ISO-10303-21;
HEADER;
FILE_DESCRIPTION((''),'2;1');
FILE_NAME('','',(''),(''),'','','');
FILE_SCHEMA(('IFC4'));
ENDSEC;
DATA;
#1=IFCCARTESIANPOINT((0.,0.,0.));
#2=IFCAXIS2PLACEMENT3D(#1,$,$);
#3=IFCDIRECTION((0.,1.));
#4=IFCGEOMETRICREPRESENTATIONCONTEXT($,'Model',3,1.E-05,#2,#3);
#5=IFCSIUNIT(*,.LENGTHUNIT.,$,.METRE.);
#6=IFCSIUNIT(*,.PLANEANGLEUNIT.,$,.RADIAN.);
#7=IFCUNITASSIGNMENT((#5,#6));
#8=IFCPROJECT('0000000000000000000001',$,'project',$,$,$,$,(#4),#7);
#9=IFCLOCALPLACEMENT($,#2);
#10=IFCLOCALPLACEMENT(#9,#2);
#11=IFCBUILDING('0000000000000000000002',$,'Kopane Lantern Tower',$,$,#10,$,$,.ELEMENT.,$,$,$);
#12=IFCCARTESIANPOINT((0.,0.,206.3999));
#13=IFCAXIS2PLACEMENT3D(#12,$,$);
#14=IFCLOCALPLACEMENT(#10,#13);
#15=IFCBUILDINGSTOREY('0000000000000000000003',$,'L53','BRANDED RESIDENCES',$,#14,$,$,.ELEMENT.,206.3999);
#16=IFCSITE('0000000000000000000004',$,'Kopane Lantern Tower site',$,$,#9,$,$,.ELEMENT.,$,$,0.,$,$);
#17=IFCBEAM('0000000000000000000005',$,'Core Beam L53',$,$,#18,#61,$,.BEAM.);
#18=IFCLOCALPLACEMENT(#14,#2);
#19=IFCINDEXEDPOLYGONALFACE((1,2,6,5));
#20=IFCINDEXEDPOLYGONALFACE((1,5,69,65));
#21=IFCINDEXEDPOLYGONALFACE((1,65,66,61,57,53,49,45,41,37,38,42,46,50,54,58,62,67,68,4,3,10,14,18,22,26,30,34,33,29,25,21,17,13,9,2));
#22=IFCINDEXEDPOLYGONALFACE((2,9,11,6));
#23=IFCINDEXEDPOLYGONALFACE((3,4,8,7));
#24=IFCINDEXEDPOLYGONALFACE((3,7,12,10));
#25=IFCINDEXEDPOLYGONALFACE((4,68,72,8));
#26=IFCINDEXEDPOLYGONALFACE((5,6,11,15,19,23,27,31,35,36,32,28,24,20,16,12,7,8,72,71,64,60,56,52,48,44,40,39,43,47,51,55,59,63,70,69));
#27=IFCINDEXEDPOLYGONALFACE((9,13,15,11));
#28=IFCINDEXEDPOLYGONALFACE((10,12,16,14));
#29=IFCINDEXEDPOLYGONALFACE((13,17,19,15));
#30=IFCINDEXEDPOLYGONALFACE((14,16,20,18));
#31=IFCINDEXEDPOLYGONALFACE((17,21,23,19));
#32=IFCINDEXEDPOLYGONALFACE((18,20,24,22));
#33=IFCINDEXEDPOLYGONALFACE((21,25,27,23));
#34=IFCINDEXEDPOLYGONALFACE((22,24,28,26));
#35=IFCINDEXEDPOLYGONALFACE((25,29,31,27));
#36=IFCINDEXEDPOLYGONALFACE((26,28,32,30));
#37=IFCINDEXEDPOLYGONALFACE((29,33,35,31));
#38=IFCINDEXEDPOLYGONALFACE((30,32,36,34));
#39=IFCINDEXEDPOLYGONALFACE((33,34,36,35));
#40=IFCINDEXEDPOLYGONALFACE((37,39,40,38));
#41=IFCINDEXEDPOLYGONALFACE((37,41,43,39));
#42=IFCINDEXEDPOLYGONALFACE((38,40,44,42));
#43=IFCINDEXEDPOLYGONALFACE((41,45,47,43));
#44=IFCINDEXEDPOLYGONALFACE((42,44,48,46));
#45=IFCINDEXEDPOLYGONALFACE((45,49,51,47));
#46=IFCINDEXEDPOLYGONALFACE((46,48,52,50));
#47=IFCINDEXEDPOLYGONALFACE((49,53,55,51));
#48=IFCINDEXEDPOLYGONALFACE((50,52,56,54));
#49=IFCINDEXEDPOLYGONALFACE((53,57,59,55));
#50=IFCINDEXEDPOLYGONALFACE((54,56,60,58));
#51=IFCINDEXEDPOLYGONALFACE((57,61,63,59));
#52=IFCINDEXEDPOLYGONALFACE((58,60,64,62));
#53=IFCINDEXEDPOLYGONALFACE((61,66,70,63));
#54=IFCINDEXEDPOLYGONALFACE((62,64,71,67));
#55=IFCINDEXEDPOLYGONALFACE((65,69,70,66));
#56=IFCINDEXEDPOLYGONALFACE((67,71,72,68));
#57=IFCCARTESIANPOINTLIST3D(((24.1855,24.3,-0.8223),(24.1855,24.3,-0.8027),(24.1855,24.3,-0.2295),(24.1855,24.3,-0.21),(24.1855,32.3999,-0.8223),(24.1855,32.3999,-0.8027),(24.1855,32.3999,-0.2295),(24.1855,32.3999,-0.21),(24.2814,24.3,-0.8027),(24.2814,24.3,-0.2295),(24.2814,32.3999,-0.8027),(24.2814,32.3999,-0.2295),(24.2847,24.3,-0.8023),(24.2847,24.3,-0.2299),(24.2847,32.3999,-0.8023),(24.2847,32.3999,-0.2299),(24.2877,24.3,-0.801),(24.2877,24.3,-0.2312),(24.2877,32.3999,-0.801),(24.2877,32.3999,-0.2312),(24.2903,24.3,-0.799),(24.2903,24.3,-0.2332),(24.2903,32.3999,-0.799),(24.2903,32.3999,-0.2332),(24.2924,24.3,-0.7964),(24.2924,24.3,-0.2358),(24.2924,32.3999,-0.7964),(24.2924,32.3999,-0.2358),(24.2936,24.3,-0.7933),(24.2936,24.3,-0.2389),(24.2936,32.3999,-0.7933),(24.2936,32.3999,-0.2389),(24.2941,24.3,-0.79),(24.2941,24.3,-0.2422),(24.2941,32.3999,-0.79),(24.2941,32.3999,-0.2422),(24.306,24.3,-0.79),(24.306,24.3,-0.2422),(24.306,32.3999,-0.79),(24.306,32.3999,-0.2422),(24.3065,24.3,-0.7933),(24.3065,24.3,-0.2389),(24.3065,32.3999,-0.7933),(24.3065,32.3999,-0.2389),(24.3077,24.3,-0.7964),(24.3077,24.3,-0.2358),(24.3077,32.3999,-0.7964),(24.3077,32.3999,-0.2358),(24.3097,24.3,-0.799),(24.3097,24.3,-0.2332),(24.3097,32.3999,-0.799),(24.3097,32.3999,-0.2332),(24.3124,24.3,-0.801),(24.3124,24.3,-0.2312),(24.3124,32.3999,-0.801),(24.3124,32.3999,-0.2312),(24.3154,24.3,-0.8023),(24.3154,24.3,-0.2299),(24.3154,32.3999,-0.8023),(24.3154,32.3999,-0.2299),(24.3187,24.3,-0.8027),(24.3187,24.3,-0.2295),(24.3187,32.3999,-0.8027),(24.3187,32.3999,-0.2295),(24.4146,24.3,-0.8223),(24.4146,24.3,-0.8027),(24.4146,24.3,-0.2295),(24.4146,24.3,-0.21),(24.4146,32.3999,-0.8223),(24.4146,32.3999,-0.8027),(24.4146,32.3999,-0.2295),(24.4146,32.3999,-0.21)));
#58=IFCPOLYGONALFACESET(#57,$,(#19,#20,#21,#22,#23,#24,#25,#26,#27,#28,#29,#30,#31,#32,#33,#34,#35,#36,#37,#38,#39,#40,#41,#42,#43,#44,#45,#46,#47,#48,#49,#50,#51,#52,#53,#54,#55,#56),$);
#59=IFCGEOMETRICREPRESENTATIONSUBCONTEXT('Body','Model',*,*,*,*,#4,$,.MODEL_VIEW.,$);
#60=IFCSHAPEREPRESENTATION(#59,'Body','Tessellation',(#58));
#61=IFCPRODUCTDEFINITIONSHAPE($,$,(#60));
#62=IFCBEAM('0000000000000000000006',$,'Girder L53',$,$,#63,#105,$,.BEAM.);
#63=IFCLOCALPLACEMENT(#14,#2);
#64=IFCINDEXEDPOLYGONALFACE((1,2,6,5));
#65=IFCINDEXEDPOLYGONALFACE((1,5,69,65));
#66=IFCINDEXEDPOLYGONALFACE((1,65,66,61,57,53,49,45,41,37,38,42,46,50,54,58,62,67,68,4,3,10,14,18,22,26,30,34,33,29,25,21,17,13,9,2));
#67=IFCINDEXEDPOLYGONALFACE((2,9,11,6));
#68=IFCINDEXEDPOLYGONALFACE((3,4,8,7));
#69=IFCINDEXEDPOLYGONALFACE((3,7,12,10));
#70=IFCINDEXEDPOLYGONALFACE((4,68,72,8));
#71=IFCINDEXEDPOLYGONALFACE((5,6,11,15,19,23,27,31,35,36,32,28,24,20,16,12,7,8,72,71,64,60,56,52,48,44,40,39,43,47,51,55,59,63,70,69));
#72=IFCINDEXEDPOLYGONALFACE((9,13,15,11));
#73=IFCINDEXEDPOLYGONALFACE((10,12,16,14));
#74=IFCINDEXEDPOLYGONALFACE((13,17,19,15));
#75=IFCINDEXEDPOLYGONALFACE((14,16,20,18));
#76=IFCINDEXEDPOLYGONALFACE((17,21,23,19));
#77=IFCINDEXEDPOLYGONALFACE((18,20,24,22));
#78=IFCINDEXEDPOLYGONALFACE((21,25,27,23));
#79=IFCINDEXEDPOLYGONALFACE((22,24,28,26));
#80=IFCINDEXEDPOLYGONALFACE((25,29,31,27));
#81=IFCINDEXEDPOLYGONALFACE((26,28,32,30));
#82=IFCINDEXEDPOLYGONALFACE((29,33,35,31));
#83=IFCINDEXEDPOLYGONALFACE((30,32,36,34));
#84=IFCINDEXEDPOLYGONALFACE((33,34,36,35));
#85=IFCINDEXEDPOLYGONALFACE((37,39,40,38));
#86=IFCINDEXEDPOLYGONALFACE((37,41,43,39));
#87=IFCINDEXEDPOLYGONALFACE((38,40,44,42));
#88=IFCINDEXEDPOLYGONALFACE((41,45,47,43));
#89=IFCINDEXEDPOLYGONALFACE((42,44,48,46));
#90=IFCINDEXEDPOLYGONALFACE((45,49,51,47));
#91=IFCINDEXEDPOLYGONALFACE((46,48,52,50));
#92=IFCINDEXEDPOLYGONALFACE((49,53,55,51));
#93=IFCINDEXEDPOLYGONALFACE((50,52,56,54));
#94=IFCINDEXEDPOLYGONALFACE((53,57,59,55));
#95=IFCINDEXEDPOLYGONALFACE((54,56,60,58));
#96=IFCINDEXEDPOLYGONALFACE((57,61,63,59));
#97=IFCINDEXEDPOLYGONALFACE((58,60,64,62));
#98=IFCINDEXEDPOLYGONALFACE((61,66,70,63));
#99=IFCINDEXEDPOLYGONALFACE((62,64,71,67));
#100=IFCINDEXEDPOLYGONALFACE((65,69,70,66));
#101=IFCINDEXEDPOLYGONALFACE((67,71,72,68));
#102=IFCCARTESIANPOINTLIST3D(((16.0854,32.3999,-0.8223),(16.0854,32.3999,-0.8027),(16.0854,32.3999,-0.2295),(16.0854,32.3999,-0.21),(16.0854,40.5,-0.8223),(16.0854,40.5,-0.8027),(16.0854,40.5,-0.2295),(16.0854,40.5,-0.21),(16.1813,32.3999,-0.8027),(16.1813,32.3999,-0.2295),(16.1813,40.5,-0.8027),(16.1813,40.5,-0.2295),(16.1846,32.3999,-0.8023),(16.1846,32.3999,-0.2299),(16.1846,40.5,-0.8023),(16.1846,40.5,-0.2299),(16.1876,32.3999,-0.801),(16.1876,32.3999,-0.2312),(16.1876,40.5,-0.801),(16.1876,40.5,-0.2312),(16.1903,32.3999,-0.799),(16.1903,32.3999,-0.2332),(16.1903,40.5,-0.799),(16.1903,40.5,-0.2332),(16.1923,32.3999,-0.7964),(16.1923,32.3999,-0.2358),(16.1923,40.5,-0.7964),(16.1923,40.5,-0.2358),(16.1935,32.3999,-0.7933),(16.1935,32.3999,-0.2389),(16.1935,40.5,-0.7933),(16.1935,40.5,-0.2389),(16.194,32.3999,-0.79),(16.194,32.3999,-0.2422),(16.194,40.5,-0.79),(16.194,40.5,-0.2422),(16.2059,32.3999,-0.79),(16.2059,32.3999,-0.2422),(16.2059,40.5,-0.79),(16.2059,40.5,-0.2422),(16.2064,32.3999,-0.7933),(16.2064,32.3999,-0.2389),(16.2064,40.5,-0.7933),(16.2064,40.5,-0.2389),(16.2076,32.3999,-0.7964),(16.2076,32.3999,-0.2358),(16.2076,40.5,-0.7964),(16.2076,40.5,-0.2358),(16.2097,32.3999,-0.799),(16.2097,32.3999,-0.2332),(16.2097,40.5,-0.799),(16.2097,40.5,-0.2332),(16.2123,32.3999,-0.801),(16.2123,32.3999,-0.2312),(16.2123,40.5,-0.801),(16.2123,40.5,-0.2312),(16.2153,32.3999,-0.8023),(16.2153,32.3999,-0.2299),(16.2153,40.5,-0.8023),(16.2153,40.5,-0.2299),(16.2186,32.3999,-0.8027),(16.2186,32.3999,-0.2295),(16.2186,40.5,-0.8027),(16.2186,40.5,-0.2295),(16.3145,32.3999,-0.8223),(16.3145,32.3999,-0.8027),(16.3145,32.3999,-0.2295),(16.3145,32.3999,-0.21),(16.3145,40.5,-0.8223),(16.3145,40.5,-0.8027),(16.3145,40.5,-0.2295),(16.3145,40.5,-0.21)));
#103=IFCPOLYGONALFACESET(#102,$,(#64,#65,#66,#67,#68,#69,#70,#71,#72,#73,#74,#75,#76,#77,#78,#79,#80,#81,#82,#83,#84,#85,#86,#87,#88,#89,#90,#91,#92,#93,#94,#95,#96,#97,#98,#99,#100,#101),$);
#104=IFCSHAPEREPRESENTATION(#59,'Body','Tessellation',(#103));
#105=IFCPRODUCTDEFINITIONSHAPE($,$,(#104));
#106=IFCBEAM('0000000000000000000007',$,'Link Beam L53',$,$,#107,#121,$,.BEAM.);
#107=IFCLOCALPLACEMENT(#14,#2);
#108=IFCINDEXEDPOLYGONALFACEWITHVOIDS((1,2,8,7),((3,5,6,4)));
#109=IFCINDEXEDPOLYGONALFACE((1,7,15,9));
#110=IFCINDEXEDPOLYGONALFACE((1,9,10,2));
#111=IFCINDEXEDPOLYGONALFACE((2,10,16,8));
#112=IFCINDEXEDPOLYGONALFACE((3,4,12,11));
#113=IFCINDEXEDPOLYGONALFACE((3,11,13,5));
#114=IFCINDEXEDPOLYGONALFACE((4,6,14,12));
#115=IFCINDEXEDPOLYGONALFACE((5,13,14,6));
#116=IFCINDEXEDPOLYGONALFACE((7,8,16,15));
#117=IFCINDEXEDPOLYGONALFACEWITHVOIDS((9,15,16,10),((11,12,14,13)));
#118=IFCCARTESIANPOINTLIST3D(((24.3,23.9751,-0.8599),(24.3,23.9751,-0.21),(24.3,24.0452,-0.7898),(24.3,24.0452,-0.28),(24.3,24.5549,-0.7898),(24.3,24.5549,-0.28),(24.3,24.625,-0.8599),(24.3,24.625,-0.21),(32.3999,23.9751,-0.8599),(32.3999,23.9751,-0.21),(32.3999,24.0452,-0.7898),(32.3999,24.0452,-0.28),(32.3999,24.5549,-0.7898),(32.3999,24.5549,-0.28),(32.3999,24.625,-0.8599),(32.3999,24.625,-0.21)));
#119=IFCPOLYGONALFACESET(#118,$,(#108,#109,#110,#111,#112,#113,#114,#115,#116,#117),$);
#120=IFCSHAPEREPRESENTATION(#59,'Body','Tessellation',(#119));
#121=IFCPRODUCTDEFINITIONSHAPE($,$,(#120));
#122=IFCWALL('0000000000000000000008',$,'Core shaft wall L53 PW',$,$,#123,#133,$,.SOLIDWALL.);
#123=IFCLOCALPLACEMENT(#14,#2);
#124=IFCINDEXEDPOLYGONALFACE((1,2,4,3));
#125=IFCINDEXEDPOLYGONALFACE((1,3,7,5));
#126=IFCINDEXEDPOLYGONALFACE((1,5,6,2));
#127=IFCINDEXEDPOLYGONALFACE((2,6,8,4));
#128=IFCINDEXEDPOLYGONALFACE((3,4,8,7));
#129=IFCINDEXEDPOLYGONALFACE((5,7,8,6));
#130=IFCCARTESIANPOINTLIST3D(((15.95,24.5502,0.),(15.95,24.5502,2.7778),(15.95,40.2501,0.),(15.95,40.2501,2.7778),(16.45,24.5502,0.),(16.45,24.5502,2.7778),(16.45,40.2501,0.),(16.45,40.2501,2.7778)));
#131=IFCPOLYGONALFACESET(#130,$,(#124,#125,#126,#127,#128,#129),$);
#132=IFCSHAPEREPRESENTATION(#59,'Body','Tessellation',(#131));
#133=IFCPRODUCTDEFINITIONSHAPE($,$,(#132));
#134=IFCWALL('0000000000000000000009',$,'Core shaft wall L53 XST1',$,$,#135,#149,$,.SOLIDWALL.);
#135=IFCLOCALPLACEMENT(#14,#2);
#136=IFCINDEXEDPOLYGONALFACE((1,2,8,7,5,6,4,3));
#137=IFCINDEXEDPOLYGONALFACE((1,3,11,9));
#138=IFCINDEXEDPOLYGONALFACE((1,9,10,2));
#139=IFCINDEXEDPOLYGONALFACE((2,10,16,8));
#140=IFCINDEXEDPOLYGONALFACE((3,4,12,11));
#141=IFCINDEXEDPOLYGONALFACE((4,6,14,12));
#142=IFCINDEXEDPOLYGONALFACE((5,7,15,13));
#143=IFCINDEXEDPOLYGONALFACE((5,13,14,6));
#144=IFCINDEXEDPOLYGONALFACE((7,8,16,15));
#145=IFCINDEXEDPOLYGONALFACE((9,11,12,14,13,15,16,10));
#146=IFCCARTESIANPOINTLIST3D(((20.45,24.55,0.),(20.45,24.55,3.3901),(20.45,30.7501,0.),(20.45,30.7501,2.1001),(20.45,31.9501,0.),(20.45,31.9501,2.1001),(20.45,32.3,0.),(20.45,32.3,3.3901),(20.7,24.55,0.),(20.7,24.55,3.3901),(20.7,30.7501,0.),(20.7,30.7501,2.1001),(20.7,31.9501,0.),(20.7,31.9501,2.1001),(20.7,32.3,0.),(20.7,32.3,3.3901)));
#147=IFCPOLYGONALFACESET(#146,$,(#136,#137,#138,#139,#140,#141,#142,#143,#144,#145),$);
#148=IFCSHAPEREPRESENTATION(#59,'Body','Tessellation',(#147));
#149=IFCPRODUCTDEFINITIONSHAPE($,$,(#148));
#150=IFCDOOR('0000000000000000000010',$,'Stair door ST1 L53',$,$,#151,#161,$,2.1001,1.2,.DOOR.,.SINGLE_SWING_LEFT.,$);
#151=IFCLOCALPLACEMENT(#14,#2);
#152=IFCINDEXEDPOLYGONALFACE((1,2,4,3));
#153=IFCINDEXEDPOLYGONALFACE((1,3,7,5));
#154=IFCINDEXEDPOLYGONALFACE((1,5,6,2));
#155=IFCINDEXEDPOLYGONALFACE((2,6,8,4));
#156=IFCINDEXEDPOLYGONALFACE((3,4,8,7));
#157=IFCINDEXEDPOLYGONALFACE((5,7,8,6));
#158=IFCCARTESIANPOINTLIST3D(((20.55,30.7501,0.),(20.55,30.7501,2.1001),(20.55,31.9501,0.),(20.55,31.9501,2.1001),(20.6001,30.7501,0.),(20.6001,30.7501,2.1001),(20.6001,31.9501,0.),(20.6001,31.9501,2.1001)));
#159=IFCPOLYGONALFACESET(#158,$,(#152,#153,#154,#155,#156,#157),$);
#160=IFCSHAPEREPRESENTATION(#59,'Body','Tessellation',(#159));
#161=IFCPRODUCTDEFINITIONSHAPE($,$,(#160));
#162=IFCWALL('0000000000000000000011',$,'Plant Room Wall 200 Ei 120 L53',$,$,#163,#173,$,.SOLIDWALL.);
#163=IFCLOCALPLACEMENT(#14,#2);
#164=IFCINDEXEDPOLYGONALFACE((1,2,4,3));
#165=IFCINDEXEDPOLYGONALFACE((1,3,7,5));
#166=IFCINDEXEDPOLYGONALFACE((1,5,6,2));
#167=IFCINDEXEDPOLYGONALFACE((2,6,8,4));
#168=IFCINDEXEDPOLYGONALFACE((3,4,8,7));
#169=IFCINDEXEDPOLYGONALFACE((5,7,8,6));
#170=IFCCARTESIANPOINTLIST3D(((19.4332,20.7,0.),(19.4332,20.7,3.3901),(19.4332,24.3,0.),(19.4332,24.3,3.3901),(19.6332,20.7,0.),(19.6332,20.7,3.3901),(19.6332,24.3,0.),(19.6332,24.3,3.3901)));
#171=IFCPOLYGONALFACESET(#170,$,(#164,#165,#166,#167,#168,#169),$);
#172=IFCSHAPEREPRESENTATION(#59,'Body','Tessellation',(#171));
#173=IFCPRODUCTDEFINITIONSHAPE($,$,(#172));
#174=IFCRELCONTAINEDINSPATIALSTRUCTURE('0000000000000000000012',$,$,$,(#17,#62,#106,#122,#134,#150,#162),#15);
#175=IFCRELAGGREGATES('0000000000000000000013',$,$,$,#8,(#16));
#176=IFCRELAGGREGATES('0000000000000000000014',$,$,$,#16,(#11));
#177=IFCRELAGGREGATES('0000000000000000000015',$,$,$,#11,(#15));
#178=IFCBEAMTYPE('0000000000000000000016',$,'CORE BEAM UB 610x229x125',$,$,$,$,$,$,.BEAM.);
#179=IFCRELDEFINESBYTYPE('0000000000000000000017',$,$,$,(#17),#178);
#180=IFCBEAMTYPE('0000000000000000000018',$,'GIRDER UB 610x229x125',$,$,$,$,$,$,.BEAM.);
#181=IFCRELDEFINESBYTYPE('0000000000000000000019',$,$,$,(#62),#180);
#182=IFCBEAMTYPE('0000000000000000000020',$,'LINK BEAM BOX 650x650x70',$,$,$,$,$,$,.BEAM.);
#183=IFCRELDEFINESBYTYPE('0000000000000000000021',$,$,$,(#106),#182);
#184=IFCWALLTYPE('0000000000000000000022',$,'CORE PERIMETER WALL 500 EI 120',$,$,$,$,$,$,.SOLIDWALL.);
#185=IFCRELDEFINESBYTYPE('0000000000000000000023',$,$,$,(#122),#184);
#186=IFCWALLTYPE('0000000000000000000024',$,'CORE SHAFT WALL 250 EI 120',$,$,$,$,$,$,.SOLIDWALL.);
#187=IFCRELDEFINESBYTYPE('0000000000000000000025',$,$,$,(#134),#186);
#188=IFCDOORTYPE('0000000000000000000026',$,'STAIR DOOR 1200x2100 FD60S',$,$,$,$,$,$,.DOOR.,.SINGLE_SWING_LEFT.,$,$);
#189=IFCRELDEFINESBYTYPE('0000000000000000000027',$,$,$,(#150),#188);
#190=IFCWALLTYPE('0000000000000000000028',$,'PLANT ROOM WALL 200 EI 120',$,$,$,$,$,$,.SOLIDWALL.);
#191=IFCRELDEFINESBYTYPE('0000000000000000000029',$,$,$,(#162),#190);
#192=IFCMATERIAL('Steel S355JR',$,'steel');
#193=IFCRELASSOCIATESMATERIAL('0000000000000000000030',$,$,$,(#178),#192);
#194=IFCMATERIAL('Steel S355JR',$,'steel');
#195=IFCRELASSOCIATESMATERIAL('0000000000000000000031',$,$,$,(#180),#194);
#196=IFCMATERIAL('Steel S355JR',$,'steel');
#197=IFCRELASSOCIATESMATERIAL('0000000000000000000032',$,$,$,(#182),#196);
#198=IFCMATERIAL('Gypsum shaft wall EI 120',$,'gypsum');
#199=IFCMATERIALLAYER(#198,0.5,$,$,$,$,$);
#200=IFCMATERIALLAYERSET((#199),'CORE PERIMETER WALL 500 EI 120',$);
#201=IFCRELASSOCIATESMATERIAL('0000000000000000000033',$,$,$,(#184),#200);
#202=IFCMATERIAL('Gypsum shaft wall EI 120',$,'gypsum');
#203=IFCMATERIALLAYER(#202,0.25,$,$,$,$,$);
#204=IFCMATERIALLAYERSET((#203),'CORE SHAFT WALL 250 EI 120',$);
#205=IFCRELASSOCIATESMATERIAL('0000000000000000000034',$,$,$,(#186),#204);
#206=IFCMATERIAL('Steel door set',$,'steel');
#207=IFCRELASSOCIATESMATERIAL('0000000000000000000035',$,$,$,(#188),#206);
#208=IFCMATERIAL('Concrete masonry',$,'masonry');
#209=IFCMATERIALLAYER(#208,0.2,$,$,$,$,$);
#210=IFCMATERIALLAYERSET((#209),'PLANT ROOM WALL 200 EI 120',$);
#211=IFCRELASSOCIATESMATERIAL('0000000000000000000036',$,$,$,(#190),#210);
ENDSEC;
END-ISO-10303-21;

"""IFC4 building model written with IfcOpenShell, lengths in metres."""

from ifc_helpers import new_model, si_unit, direction, frame, frame_2d, origin, origin_2d, place, context, subcontext, project, spatial, rectangle, hollow_rectangle, i_section, extrude, material, layer, layer_set, material_profile, profile_set, type_object, element, fill, save


model = new_model("IFC4")

# Units and contexts
model_context = context("Model", 3, precision=1e-05, world=origin(), true_north=direction((0.0, 1.0)))
body_context = subcontext(model_context, "Body", "Model", "MODEL_VIEW")
ifc_project = project(units=[si_unit("LENGTHUNIT", "METRE"), si_unit("PLANEANGLEUNIT", "RADIAN")], contexts=[model_context])

# Site, building, storey
site_placement = place(None, origin())
site = spatial("IfcSite", under=ifc_project, at=site_placement, Name="Kopane Lantern Tower site", CompositionType="ELEMENT", RefElevation=0.0)
building_placement = place(site_placement, origin())
building = spatial("IfcBuilding", under=site, at=building_placement, Name="Kopane Lantern Tower", CompositionType="ELEMENT")
storey_placement = place(building_placement, frame((0.0, 0.0, 206.3999)))
storey = spatial("IfcBuildingStorey", under=building, at=storey_placement, Name="L53", Description="BRANDED RESIDENCES", CompositionType="ELEMENT", Elevation=206.3999)

# Beams
ifc_material_1 = material(Name="Steel S355JR", Category="steel")
ifc_material_profile_1 = material_profile(ifc_material_1, i_section(OverallWidth=0.229, OverallDepth=0.6123, WebThickness=0.012, FlangeThickness=0.0195, FilletRadius=0.0127, at=origin_2d()), Name="UB 610x229x125")
ifc_profile_set_1 = profile_set([ifc_material_profile_1], Name="Steel S355JR")
beam_type_1 = type_object("IfcBeamType", Name="CORE BEAM UB 610x229x125", PredefinedType="BEAM", material=ifc_profile_set_1)
beam_1_placement = place(storey_placement, frame((24.3, 24.3, -0.5161), z_axis=(0.0, 1.0, 0.0), x_axis=(-1.0, 0.0, 0.0)))
element("IfcBeam", 1, at=beam_1_placement, inside=storey, type_object=beam_type_1, Name="Core Beam L53", PredefinedType="BEAM", context=body_context, shape_type="SweptSolid", body=[
    extrude(i_section(OverallWidth=0.229, OverallDepth=0.6123, WebThickness=0.012, FlangeThickness=0.0195, FilletRadius=0.0127, at=origin_2d()), origin(), (0.0, 0.0, 1.0), 8.0999),
])
ifc_material_2 = material(Name="Steel S355JR", Category="steel")
ifc_material_profile_2 = material_profile(ifc_material_2, i_section(OverallWidth=0.229, OverallDepth=0.6123, WebThickness=0.012, FlangeThickness=0.0195, FilletRadius=0.0127, at=origin_2d()), Name="UB 610x229x125")
ifc_profile_set_2 = profile_set([ifc_material_profile_2], Name="Steel S355JR")
beam_type_2 = type_object("IfcBeamType", Name="GIRDER UB 610x229x125", PredefinedType="BEAM", material=ifc_profile_set_2)
beam_2_placement = place(storey_placement, frame((16.2, 32.3999, -0.5161), z_axis=(0.0, 1.0, 0.0), x_axis=(-1.0, 0.0, 0.0)))
element("IfcBeam", 2, at=beam_2_placement, inside=storey, type_object=beam_type_2, Name="Girder L53", PredefinedType="BEAM", context=body_context, shape_type="SweptSolid", body=[
    extrude(i_section(OverallWidth=0.229, OverallDepth=0.6123, WebThickness=0.012, FlangeThickness=0.0195, FilletRadius=0.0127, at=origin_2d()), origin(), (0.0, 0.0, 1.0), 8.1001),
])
ifc_material_3 = material(Name="Steel S355JR", Category="steel")
ifc_material_profile_3 = material_profile(ifc_material_3, hollow_rectangle(XDim=0.6499, YDim=0.6499, WallThickness=0.0701, at=origin_2d()), Name="BOX 650x650x70")
ifc_profile_set_3 = profile_set([ifc_material_profile_3], Name="Steel S355JR")
beam_type_3 = type_object("IfcBeamType", Name="LINK BEAM BOX 650x650x70", PredefinedType="BEAM", material=ifc_profile_set_3)
beam_3_placement = place(storey_placement, frame((24.3, 24.3, -0.5349), z_axis=(1.0, 0.0, 0.0), x_axis=(0.0, 1.0, 0.0)))
element("IfcBeam", 3, at=beam_3_placement, inside=storey, type_object=beam_type_3, Name="Link Beam L53", PredefinedType="BEAM", context=body_context, shape_type="SweptSolid", body=[
    extrude(hollow_rectangle(XDim=0.6499, YDim=0.6499, WallThickness=0.0701, at=origin_2d()), origin(), (0.0, 0.0, 1.0), 8.0999),
])

# Wall
ifc_material_4 = material(Name="Gypsum shaft wall EI 120", Category="gypsum")
ifc_layer_1 = layer(ifc_material_4, 0.5)
ifc_layer_set_1 = layer_set([ifc_layer_1], Name="CORE PERIMETER WALL 500 EI 120")
wall_type_1 = type_object("IfcWallType", Name="CORE PERIMETER WALL 500 EI 120", PredefinedType="SOLIDWALL", material=ifc_layer_set_1)
wall_1_placement = place(storey_placement, frame((16.2, 24.55, 0.0), z_axis=(0.0, 0.0, 1.0), x_axis=(0.0, 1.0, 0.0)))
element("IfcWall", 4, at=wall_1_placement, inside=storey, type_object=wall_type_1, Name="Core shaft wall L53 PW", PredefinedType="SOLIDWALL", context=body_context, shape_type="SweptSolid", body=[
    extrude(rectangle(XDim=15.7, YDim=0.5, at=frame_2d((7.8501, 0.0))), origin(), (0.0, 0.0, 1.0), 2.7778),
])

# Wall, opening, door
ifc_material_5 = material(Name="Gypsum shaft wall EI 120", Category="gypsum")
ifc_layer_2 = layer(ifc_material_5, 0.25)
ifc_layer_set_2 = layer_set([ifc_layer_2], Name="CORE SHAFT WALL 250 EI 120")
wall_type_2 = type_object("IfcWallType", Name="CORE SHAFT WALL 250 EI 120", PredefinedType="SOLIDWALL", material=ifc_layer_set_2)
wall_2_placement = place(storey_placement, frame((20.575, 24.55, 0.0), z_axis=(0.0, 0.0, 1.0), x_axis=(0.0, 1.0, 0.0)))
wall_2 = element("IfcWall", 5, at=wall_2_placement, inside=storey, type_object=wall_type_2, Name="Core shaft wall L53 XST1", PredefinedType="SOLIDWALL", context=body_context, shape_type="SweptSolid", body=[
    extrude(rectangle(XDim=7.75, YDim=0.25, at=frame_2d((3.875, 0.0))), origin(), (0.0, 0.0, 1.0), 3.3901),
])
opening_1_placement = place(wall_2_placement, frame((6.2, 0.0, 0.0)))
opening_1 = element("IfcOpeningElement", 6, at=opening_1_placement, cuts=wall_2, PredefinedType="OPENING", context=body_context, shape_type="SweptSolid", body=[
    extrude(rectangle(XDim=1.2, YDim=2.1001, at=frame_2d((0.6001, 1.05))), frame((0.0, 0.135, 0.0), z_axis=(0.0, -1.0, 0.0), x_axis=(1.0, 0.0, 0.0)), (0.0, 0.0, 1.0), 0.27),
])
ifc_material_6 = material(Name="Steel door set", Category="steel")
door_type_1 = type_object("IfcDoorType", Name="STAIR DOOR 1200x2100 FD60S", OperationType="SINGLE_SWING_LEFT", PredefinedType="DOOR", material=ifc_material_6)
door_1_placement = place(opening_1_placement, origin())
door_1 = element("IfcDoor", 7, at=door_1_placement, inside=storey, type_object=door_type_1, Name="Stair door ST1 L53", OperationType="SINGLE_SWING_LEFT", OverallHeight=2.1001, OverallWidth=1.2, PredefinedType="DOOR", context=body_context, shape_type="SweptSolid", body=[
    extrude(rectangle(XDim=1.2, YDim=2.1001, at=frame_2d((0.6001, 1.05))), frame((0.0, 0.0249, 0.0), z_axis=(0.0, -1.0, 0.0), x_axis=(1.0, 0.0, 0.0)), (0.0, 0.0, 1.0), 0.05),
])
fill(opening_1, door_1)

# Wall
ifc_material_7 = material(Name="Concrete masonry", Category="masonry")
ifc_layer_3 = layer(ifc_material_7, 0.2)
ifc_layer_set_3 = layer_set([ifc_layer_3], Name="PLANT ROOM WALL 200 EI 120")
wall_type_3 = type_object("IfcWallType", Name="PLANT ROOM WALL 200 EI 120", PredefinedType="SOLIDWALL", material=ifc_layer_set_3)
wall_3_placement = place(storey_placement, frame((19.5332, 20.7, 0.0), z_axis=(0.0, 0.0, 1.0), x_axis=(0.0, 1.0, 0.0)))
element("IfcWall", 8, at=wall_3_placement, inside=storey, type_object=wall_type_3, Name="Plant Room Wall 200 Ei 120 L53", PredefinedType="SOLIDWALL", context=body_context, shape_type="SweptSolid", body=[
    extrude(rectangle(XDim=3.6001, YDim=0.2, at=frame_2d((1.8, 0.0))), origin(), (0.0, 0.0, 1.0), 3.3901),
])

save(model, "model.ifc")
